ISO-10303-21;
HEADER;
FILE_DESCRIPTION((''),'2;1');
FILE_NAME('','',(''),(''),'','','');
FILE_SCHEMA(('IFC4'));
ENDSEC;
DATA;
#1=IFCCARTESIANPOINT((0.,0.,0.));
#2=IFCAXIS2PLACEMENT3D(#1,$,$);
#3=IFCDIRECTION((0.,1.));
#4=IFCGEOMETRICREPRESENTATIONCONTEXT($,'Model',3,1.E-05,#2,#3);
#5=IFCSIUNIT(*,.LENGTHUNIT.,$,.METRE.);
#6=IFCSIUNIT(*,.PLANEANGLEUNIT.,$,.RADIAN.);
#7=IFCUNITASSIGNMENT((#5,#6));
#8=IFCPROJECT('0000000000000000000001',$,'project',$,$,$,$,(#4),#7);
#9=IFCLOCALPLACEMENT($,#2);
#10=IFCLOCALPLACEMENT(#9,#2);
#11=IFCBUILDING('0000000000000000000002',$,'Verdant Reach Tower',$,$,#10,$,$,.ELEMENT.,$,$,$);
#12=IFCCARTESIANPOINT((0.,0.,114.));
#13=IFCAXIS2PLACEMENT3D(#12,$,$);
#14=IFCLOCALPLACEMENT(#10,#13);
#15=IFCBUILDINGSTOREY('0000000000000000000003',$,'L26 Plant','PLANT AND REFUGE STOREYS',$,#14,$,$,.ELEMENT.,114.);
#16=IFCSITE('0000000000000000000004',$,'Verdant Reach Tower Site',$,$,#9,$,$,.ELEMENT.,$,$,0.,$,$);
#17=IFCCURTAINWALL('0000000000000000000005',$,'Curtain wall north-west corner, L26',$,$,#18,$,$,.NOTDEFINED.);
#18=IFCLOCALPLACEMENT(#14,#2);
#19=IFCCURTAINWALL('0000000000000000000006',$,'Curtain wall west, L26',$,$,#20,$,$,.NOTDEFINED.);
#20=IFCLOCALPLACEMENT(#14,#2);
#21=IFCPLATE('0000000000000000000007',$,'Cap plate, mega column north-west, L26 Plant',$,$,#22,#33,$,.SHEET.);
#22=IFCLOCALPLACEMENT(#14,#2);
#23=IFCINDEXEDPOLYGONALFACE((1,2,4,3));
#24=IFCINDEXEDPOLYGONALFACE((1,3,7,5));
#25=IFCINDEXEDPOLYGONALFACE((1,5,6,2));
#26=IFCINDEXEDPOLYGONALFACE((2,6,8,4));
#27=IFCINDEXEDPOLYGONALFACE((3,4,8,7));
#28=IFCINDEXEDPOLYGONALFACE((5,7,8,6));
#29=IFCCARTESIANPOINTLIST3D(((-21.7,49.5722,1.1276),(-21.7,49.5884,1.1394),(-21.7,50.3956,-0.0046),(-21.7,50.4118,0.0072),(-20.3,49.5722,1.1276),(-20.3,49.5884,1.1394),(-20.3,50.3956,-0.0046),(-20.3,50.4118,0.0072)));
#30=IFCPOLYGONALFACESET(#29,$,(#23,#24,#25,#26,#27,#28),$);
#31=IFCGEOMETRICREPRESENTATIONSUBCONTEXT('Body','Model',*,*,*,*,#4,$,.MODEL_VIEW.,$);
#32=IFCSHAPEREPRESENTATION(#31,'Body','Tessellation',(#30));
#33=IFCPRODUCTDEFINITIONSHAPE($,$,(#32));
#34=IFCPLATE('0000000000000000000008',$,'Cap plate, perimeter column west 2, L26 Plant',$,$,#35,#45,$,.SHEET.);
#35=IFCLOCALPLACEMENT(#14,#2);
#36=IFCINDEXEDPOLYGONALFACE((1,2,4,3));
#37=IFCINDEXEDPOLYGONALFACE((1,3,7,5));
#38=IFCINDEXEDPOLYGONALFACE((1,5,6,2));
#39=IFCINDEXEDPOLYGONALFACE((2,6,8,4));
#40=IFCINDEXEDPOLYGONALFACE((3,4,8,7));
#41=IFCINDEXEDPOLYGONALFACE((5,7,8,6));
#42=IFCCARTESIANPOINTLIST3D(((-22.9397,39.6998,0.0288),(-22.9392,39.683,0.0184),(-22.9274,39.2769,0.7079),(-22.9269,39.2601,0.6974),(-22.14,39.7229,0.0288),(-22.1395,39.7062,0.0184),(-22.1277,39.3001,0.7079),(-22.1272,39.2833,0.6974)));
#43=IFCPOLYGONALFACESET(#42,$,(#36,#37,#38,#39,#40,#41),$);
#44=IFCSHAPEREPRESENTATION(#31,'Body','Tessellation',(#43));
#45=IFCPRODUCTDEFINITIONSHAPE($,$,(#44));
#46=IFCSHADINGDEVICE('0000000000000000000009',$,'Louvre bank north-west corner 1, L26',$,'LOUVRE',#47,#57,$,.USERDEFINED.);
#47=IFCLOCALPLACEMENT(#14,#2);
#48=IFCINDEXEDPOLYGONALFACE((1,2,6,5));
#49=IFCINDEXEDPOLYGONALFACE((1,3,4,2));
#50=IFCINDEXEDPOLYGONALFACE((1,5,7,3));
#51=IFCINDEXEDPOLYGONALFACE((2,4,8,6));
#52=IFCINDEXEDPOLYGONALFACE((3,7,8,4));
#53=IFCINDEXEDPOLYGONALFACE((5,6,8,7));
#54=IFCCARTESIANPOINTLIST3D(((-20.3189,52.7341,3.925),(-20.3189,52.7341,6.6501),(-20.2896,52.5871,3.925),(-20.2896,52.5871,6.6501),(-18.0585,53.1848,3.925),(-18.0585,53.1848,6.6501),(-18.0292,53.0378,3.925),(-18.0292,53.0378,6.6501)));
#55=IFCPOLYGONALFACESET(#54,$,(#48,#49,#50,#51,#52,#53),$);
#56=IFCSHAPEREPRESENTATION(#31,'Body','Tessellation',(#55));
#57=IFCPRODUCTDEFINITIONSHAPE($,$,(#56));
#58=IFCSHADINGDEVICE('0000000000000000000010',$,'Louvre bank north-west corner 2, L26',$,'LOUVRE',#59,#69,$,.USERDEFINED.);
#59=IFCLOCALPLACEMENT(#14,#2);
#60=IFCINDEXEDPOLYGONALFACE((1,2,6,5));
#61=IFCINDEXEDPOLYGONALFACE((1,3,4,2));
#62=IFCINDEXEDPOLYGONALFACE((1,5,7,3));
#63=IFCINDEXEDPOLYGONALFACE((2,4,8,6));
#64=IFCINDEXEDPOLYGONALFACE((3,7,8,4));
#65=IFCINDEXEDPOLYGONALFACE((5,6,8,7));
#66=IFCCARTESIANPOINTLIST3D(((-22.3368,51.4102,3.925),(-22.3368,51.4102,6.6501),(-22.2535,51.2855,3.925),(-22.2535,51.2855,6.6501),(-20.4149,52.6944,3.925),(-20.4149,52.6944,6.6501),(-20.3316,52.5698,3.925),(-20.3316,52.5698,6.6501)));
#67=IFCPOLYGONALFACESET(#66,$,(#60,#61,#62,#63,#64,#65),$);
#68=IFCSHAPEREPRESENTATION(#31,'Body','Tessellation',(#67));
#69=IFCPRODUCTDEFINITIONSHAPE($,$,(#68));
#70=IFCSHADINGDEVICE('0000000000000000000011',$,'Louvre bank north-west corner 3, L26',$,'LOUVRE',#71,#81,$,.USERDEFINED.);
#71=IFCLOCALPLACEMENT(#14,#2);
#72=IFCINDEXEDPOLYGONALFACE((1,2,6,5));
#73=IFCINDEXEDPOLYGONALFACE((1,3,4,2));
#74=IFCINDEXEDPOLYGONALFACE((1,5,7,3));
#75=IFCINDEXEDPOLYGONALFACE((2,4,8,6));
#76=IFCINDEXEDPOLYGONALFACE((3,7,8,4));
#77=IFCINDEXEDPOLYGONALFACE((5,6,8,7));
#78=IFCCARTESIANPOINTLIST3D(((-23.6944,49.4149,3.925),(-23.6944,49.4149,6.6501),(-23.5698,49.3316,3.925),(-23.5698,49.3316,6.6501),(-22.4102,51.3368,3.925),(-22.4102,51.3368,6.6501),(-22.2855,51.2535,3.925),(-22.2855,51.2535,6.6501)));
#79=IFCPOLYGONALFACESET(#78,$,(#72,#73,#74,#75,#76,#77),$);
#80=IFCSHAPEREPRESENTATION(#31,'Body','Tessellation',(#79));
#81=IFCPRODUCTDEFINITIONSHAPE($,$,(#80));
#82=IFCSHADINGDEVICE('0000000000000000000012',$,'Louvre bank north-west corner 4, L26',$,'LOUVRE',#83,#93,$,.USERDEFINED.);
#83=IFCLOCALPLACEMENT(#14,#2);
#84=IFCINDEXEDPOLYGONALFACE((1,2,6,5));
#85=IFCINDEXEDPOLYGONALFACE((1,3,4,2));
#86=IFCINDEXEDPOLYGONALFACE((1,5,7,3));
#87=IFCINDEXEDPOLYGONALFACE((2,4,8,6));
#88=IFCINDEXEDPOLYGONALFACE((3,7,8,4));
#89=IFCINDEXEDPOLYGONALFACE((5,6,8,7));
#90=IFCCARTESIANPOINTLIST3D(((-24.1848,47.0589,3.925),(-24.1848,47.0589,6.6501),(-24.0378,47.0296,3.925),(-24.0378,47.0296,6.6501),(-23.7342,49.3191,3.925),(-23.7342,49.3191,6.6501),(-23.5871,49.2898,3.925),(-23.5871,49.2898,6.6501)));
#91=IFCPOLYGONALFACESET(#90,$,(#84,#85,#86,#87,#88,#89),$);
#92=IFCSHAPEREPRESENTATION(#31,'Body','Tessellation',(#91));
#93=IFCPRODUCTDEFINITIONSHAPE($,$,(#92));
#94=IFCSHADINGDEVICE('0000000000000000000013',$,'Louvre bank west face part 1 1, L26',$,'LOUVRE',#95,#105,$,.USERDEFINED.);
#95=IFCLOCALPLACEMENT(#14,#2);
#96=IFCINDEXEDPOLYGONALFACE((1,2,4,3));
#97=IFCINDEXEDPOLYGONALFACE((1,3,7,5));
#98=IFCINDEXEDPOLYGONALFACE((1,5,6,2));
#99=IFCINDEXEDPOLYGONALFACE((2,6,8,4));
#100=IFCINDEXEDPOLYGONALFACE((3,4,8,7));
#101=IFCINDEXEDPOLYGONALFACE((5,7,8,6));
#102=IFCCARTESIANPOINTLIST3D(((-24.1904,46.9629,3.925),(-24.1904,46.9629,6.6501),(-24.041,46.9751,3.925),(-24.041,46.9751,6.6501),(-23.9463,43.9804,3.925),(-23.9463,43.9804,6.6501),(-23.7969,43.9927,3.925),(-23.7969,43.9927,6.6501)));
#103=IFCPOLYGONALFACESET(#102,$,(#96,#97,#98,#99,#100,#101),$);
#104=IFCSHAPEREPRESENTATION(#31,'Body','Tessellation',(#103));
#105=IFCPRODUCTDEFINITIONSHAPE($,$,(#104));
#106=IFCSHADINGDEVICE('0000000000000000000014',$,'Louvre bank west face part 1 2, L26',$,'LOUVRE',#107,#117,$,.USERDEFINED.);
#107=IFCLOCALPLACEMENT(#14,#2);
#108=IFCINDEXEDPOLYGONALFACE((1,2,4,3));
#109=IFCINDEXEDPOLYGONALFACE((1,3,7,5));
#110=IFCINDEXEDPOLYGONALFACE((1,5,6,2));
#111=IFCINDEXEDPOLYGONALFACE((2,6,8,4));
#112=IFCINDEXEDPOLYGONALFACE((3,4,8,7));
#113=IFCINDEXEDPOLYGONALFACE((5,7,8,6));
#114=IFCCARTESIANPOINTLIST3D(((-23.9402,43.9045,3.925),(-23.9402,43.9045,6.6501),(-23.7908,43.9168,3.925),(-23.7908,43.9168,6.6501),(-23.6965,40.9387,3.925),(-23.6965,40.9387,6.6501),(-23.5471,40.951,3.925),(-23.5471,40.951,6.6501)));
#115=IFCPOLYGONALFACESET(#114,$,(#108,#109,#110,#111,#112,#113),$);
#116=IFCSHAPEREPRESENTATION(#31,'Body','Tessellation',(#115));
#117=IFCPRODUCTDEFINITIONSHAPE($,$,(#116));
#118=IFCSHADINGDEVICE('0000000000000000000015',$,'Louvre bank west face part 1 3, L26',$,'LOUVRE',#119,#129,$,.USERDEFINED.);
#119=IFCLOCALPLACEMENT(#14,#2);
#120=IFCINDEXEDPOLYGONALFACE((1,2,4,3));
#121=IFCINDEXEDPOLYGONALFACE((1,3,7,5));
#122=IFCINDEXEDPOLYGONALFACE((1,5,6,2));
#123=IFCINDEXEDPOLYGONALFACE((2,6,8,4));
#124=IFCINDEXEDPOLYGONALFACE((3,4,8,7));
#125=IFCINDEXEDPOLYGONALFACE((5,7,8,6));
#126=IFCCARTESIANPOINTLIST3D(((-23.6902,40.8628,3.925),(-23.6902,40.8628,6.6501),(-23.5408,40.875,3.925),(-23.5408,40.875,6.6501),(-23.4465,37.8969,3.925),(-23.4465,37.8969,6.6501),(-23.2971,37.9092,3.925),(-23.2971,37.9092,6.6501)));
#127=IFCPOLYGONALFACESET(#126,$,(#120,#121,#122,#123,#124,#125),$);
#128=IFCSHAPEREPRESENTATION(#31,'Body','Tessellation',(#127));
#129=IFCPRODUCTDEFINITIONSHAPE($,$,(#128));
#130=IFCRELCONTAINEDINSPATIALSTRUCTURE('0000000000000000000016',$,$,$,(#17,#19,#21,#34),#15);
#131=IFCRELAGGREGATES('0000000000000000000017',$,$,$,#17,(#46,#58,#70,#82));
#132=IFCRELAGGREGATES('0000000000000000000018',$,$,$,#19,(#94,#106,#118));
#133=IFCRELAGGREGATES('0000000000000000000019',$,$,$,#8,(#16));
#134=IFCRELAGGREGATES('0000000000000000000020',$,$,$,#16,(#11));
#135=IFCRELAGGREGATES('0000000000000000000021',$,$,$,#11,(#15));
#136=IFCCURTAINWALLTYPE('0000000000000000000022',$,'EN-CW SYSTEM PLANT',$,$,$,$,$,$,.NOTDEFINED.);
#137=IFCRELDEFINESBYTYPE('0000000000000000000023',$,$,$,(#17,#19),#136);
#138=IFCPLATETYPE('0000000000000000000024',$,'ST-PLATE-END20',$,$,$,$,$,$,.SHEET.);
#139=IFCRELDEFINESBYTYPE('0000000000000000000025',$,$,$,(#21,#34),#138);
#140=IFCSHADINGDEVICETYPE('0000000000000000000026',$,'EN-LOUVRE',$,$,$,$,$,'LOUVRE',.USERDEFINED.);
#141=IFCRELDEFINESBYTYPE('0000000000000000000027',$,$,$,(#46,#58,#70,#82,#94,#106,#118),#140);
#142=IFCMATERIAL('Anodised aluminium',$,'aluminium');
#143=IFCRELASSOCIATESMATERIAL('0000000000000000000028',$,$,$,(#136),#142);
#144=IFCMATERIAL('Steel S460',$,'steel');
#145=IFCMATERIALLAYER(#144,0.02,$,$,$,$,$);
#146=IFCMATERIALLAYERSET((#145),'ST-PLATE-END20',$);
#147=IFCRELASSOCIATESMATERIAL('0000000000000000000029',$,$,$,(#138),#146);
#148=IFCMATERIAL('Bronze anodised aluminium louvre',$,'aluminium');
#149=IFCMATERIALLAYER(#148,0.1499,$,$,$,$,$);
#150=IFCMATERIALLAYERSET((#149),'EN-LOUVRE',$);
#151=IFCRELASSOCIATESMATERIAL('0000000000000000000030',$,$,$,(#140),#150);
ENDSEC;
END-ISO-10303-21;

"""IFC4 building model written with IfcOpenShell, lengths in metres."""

from ifc_helpers import new_model, si_unit, direction, frame, origin, origin_2d, place, context, subcontext, project, spatial, rectangle, extrude, material, layer, layer_set, type_object, element, aggregate, save


model = new_model("IFC4")

# Units and contexts
model_context = context("Model", 3, precision=1e-05, world=origin(), true_north=direction((0.0, 1.0)))
body_context = subcontext(model_context, "Body", "Model", "MODEL_VIEW")
ifc_project = project(units=[si_unit("LENGTHUNIT", "METRE"), si_unit("PLANEANGLEUNIT", "RADIAN")], contexts=[model_context])

# Site, building, storey
site_placement = place(None, origin())
site = spatial("IfcSite", under=ifc_project, at=site_placement, Name="Verdant Reach Tower Site", CompositionType="ELEMENT", RefElevation=0.0)
building_placement = place(site_placement, origin())
building = spatial("IfcBuilding", under=site, at=building_placement, Name="Verdant Reach Tower", CompositionType="ELEMENT")
storey_placement = place(building_placement, frame((0.0, 0.0, 114.0)))
storey = spatial("IfcBuildingStorey", under=building, at=storey_placement, Name="L26 Plant", Description="PLANT AND REFUGE STOREYS", CompositionType="ELEMENT", Elevation=114.0)

# Shared definitions
ifc_material_1 = material(Name="Steel S460", Category="steel")

# Curtain walls
ifc_material_2 = material(Name="Anodised aluminium", Category="aluminium")
curtain_wall_type = type_object("IfcCurtainWallType", Name="EN-CW SYSTEM PLANT", PredefinedType="NOTDEFINED", material=ifc_material_2)
curtain_wall_1_placement = place(storey_placement, origin())
curtain_wall_1 = element("IfcCurtainWall", 1, at=curtain_wall_1_placement, inside=storey, type_object=curtain_wall_type, Name="Curtain wall north-west corner, L26", PredefinedType="NOTDEFINED")
curtain_wall_2_placement = place(storey_placement, origin())
curtain_wall_2 = element("IfcCurtainWall", 2, at=curtain_wall_2_placement, inside=storey, type_object=curtain_wall_type, Name="Curtain wall west, L26", PredefinedType="NOTDEFINED")

# Plates
ifc_layer_1 = layer(ifc_material_1, 0.02)
ifc_layer_set_1 = layer_set([ifc_layer_1], Name="ST-PLATE-END20")
plate_type_1 = type_object("IfcPlateType", Name="ST-PLATE-END20", PredefinedType="SHEET", material=ifc_layer_set_1)
plate_1_placement = place(storey_placement, frame((-21.0, 49.9839, 0.5615), z_axis=(0.0, 0.808736, 0.588172), x_axis=(-1.0, 0.0, 0.0)))
element("IfcPlate", 3, at=plate_1_placement, inside=storey, type_object=plate_type_1, Name="Cap plate, mega column north-west, L26 Plant", PredefinedType="SHEET", context=body_context, shape_type="SweptSolid", body=[
    extrude(rectangle(XDim=1.3999, YDim=1.3999, at=origin_2d()), origin(), (0.0, 0.0, 1.0), 0.02),
])
plate_2_placement = place(storey_placement, frame((-22.5332, 39.4832, 0.3579), z_axis=(-0.024592, 0.848432, 0.528733), x_axis=(-0.99958, -0.028973, 0.0)))
element("IfcPlate", 4, at=plate_2_placement, inside=storey, type_object=plate_type_1, Name="Cap plate, perimeter column west 2, L26 Plant", PredefinedType="SHEET", context=body_context, shape_type="SweptSolid", body=[
    extrude(rectangle(XDim=0.8, YDim=0.8, at=origin_2d()), origin(), (0.0, 0.0, 1.0), 0.0198),
])

# Shading devices
ifc_material_3 = material(Name="Bronze anodised aluminium louvre", Category="aluminium")
ifc_layer_2 = layer(ifc_material_3, 0.1499)
ifc_layer_set_2 = layer_set([ifc_layer_2], Name="EN-LOUVRE")
shading_device_type = type_object("IfcShadingDeviceType", Name="EN-LOUVRE", ElementType="LOUVRE", PredefinedType="USERDEFINED", material=ifc_layer_set_2)
shading_device_1_placement = place(storey_placement, frame((-19.1741, 52.886, 3.925), z_axis=(0.0, 0.0, 1.0), x_axis=(-0.980695, -0.195545, 0.0)))
shading_device_1 = element("IfcShadingDevice", 5, at=shading_device_1_placement, type_object=shading_device_type, Name="Louvre bank north-west corner 1, L26", ObjectType="LOUVRE", PredefinedType="USERDEFINED", context=body_context, shape_type="SweptSolid", body=[
    extrude(rectangle(XDim=2.3049, YDim=0.1499, at=origin_2d()), origin(), (0.0, 0.0, 1.0), 2.7251),
])
shading_device_2_placement = place(storey_placement, frame((-21.3342, 51.99, 3.925), z_axis=(0.0, 0.0, 1.0), x_axis=(-0.831452, -0.555596, 0.0)))
shading_device_2 = element("IfcShadingDevice", 6, at=shading_device_2_placement, type_object=shading_device_type, Name="Louvre bank north-west corner 2, L26", ObjectType="LOUVRE", PredefinedType="USERDEFINED", context=body_context, shape_type="SweptSolid", body=[
    extrude(rectangle(XDim=2.3115, YDim=0.1499, at=origin_2d()), origin(), (0.0, 0.0, 1.0), 2.7251),
])
shading_device_3_placement = place(storey_placement, frame((-22.99, 50.3342, 3.925), z_axis=(0.0, 0.0, 1.0), x_axis=(-0.555596, -0.831452, 0.0)))
shading_device_3 = element("IfcShadingDevice", 7, at=shading_device_3_placement, type_object=shading_device_type, Name="Louvre bank north-west corner 3, L26", ObjectType="LOUVRE", PredefinedType="USERDEFINED", context=body_context, shape_type="SweptSolid", body=[
    extrude(rectangle(XDim=2.3115, YDim=0.1499, at=origin_2d()), origin(), (0.0, 0.0, 1.0), 2.7251),
])
shading_device_4_placement = place(storey_placement, frame((-23.886, 48.1743, 3.925), z_axis=(0.0, 0.0, 1.0), x_axis=(-0.195549, -0.980694, 0.0)))
shading_device_4 = element("IfcShadingDevice", 8, at=shading_device_4_placement, type_object=shading_device_type, Name="Louvre bank north-west corner 4, L26", ObjectType="LOUVRE", PredefinedType="USERDEFINED", context=body_context, shape_type="SweptSolid", body=[
    extrude(rectangle(XDim=2.3047, YDim=0.1499, at=origin_2d()), origin(), (0.0, 0.0, 1.0), 2.7251),
])
aggregate(curtain_wall_1, [shading_device_1, shading_device_2, shading_device_3, shading_device_4])
shading_device_5_placement = place(storey_placement, frame((-23.9937, 45.4778, 3.925), z_axis=(0.0, 0.0, 1.0), x_axis=(0.081542, -0.99667, 0.0)))
shading_device_5 = element("IfcShadingDevice", 9, at=shading_device_5_placement, type_object=shading_device_type, Name="Louvre bank west face part 1 1, L26", ObjectType="LOUVRE", PredefinedType="USERDEFINED", context=body_context, shape_type="SweptSolid", body=[
    extrude(rectangle(XDim=2.9924, YDim=0.1499, at=origin_2d()), origin(), (0.0, 0.0, 1.0), 2.7251),
])
shading_device_6_placement = place(storey_placement, frame((-23.7437, 42.4277, 3.925), z_axis=(0.0, 0.0, 1.0), x_axis=(0.081916, -0.996639, 0.0)))
shading_device_6 = element("IfcShadingDevice", 10, at=shading_device_6_placement, type_object=shading_device_type, Name="Louvre bank west face part 1 2, L26", ObjectType="LOUVRE", PredefinedType="USERDEFINED", context=body_context, shape_type="SweptSolid", body=[
    extrude(rectangle(XDim=2.9758, YDim=0.1499, at=origin_2d()), origin(), (0.0, 0.0, 1.0), 2.7251),
])
shading_device_7_placement = place(storey_placement, frame((-23.4937, 39.386, 3.925), z_axis=(0.0, 0.0, 1.0), x_axis=(0.081916, -0.996639, 0.0)))
shading_device_7 = element("IfcShadingDevice", 11, at=shading_device_7_placement, type_object=shading_device_type, Name="Louvre bank west face part 1 3, L26", ObjectType="LOUVRE", PredefinedType="USERDEFINED", context=body_context, shape_type="SweptSolid", body=[
    extrude(rectangle(XDim=2.9758, YDim=0.1499, at=origin_2d()), origin(), (0.0, 0.0, 1.0), 2.7251),
])
aggregate(curtain_wall_2, [shading_device_5, shading_device_6, shading_device_7])

save(model, "model.ifc")
